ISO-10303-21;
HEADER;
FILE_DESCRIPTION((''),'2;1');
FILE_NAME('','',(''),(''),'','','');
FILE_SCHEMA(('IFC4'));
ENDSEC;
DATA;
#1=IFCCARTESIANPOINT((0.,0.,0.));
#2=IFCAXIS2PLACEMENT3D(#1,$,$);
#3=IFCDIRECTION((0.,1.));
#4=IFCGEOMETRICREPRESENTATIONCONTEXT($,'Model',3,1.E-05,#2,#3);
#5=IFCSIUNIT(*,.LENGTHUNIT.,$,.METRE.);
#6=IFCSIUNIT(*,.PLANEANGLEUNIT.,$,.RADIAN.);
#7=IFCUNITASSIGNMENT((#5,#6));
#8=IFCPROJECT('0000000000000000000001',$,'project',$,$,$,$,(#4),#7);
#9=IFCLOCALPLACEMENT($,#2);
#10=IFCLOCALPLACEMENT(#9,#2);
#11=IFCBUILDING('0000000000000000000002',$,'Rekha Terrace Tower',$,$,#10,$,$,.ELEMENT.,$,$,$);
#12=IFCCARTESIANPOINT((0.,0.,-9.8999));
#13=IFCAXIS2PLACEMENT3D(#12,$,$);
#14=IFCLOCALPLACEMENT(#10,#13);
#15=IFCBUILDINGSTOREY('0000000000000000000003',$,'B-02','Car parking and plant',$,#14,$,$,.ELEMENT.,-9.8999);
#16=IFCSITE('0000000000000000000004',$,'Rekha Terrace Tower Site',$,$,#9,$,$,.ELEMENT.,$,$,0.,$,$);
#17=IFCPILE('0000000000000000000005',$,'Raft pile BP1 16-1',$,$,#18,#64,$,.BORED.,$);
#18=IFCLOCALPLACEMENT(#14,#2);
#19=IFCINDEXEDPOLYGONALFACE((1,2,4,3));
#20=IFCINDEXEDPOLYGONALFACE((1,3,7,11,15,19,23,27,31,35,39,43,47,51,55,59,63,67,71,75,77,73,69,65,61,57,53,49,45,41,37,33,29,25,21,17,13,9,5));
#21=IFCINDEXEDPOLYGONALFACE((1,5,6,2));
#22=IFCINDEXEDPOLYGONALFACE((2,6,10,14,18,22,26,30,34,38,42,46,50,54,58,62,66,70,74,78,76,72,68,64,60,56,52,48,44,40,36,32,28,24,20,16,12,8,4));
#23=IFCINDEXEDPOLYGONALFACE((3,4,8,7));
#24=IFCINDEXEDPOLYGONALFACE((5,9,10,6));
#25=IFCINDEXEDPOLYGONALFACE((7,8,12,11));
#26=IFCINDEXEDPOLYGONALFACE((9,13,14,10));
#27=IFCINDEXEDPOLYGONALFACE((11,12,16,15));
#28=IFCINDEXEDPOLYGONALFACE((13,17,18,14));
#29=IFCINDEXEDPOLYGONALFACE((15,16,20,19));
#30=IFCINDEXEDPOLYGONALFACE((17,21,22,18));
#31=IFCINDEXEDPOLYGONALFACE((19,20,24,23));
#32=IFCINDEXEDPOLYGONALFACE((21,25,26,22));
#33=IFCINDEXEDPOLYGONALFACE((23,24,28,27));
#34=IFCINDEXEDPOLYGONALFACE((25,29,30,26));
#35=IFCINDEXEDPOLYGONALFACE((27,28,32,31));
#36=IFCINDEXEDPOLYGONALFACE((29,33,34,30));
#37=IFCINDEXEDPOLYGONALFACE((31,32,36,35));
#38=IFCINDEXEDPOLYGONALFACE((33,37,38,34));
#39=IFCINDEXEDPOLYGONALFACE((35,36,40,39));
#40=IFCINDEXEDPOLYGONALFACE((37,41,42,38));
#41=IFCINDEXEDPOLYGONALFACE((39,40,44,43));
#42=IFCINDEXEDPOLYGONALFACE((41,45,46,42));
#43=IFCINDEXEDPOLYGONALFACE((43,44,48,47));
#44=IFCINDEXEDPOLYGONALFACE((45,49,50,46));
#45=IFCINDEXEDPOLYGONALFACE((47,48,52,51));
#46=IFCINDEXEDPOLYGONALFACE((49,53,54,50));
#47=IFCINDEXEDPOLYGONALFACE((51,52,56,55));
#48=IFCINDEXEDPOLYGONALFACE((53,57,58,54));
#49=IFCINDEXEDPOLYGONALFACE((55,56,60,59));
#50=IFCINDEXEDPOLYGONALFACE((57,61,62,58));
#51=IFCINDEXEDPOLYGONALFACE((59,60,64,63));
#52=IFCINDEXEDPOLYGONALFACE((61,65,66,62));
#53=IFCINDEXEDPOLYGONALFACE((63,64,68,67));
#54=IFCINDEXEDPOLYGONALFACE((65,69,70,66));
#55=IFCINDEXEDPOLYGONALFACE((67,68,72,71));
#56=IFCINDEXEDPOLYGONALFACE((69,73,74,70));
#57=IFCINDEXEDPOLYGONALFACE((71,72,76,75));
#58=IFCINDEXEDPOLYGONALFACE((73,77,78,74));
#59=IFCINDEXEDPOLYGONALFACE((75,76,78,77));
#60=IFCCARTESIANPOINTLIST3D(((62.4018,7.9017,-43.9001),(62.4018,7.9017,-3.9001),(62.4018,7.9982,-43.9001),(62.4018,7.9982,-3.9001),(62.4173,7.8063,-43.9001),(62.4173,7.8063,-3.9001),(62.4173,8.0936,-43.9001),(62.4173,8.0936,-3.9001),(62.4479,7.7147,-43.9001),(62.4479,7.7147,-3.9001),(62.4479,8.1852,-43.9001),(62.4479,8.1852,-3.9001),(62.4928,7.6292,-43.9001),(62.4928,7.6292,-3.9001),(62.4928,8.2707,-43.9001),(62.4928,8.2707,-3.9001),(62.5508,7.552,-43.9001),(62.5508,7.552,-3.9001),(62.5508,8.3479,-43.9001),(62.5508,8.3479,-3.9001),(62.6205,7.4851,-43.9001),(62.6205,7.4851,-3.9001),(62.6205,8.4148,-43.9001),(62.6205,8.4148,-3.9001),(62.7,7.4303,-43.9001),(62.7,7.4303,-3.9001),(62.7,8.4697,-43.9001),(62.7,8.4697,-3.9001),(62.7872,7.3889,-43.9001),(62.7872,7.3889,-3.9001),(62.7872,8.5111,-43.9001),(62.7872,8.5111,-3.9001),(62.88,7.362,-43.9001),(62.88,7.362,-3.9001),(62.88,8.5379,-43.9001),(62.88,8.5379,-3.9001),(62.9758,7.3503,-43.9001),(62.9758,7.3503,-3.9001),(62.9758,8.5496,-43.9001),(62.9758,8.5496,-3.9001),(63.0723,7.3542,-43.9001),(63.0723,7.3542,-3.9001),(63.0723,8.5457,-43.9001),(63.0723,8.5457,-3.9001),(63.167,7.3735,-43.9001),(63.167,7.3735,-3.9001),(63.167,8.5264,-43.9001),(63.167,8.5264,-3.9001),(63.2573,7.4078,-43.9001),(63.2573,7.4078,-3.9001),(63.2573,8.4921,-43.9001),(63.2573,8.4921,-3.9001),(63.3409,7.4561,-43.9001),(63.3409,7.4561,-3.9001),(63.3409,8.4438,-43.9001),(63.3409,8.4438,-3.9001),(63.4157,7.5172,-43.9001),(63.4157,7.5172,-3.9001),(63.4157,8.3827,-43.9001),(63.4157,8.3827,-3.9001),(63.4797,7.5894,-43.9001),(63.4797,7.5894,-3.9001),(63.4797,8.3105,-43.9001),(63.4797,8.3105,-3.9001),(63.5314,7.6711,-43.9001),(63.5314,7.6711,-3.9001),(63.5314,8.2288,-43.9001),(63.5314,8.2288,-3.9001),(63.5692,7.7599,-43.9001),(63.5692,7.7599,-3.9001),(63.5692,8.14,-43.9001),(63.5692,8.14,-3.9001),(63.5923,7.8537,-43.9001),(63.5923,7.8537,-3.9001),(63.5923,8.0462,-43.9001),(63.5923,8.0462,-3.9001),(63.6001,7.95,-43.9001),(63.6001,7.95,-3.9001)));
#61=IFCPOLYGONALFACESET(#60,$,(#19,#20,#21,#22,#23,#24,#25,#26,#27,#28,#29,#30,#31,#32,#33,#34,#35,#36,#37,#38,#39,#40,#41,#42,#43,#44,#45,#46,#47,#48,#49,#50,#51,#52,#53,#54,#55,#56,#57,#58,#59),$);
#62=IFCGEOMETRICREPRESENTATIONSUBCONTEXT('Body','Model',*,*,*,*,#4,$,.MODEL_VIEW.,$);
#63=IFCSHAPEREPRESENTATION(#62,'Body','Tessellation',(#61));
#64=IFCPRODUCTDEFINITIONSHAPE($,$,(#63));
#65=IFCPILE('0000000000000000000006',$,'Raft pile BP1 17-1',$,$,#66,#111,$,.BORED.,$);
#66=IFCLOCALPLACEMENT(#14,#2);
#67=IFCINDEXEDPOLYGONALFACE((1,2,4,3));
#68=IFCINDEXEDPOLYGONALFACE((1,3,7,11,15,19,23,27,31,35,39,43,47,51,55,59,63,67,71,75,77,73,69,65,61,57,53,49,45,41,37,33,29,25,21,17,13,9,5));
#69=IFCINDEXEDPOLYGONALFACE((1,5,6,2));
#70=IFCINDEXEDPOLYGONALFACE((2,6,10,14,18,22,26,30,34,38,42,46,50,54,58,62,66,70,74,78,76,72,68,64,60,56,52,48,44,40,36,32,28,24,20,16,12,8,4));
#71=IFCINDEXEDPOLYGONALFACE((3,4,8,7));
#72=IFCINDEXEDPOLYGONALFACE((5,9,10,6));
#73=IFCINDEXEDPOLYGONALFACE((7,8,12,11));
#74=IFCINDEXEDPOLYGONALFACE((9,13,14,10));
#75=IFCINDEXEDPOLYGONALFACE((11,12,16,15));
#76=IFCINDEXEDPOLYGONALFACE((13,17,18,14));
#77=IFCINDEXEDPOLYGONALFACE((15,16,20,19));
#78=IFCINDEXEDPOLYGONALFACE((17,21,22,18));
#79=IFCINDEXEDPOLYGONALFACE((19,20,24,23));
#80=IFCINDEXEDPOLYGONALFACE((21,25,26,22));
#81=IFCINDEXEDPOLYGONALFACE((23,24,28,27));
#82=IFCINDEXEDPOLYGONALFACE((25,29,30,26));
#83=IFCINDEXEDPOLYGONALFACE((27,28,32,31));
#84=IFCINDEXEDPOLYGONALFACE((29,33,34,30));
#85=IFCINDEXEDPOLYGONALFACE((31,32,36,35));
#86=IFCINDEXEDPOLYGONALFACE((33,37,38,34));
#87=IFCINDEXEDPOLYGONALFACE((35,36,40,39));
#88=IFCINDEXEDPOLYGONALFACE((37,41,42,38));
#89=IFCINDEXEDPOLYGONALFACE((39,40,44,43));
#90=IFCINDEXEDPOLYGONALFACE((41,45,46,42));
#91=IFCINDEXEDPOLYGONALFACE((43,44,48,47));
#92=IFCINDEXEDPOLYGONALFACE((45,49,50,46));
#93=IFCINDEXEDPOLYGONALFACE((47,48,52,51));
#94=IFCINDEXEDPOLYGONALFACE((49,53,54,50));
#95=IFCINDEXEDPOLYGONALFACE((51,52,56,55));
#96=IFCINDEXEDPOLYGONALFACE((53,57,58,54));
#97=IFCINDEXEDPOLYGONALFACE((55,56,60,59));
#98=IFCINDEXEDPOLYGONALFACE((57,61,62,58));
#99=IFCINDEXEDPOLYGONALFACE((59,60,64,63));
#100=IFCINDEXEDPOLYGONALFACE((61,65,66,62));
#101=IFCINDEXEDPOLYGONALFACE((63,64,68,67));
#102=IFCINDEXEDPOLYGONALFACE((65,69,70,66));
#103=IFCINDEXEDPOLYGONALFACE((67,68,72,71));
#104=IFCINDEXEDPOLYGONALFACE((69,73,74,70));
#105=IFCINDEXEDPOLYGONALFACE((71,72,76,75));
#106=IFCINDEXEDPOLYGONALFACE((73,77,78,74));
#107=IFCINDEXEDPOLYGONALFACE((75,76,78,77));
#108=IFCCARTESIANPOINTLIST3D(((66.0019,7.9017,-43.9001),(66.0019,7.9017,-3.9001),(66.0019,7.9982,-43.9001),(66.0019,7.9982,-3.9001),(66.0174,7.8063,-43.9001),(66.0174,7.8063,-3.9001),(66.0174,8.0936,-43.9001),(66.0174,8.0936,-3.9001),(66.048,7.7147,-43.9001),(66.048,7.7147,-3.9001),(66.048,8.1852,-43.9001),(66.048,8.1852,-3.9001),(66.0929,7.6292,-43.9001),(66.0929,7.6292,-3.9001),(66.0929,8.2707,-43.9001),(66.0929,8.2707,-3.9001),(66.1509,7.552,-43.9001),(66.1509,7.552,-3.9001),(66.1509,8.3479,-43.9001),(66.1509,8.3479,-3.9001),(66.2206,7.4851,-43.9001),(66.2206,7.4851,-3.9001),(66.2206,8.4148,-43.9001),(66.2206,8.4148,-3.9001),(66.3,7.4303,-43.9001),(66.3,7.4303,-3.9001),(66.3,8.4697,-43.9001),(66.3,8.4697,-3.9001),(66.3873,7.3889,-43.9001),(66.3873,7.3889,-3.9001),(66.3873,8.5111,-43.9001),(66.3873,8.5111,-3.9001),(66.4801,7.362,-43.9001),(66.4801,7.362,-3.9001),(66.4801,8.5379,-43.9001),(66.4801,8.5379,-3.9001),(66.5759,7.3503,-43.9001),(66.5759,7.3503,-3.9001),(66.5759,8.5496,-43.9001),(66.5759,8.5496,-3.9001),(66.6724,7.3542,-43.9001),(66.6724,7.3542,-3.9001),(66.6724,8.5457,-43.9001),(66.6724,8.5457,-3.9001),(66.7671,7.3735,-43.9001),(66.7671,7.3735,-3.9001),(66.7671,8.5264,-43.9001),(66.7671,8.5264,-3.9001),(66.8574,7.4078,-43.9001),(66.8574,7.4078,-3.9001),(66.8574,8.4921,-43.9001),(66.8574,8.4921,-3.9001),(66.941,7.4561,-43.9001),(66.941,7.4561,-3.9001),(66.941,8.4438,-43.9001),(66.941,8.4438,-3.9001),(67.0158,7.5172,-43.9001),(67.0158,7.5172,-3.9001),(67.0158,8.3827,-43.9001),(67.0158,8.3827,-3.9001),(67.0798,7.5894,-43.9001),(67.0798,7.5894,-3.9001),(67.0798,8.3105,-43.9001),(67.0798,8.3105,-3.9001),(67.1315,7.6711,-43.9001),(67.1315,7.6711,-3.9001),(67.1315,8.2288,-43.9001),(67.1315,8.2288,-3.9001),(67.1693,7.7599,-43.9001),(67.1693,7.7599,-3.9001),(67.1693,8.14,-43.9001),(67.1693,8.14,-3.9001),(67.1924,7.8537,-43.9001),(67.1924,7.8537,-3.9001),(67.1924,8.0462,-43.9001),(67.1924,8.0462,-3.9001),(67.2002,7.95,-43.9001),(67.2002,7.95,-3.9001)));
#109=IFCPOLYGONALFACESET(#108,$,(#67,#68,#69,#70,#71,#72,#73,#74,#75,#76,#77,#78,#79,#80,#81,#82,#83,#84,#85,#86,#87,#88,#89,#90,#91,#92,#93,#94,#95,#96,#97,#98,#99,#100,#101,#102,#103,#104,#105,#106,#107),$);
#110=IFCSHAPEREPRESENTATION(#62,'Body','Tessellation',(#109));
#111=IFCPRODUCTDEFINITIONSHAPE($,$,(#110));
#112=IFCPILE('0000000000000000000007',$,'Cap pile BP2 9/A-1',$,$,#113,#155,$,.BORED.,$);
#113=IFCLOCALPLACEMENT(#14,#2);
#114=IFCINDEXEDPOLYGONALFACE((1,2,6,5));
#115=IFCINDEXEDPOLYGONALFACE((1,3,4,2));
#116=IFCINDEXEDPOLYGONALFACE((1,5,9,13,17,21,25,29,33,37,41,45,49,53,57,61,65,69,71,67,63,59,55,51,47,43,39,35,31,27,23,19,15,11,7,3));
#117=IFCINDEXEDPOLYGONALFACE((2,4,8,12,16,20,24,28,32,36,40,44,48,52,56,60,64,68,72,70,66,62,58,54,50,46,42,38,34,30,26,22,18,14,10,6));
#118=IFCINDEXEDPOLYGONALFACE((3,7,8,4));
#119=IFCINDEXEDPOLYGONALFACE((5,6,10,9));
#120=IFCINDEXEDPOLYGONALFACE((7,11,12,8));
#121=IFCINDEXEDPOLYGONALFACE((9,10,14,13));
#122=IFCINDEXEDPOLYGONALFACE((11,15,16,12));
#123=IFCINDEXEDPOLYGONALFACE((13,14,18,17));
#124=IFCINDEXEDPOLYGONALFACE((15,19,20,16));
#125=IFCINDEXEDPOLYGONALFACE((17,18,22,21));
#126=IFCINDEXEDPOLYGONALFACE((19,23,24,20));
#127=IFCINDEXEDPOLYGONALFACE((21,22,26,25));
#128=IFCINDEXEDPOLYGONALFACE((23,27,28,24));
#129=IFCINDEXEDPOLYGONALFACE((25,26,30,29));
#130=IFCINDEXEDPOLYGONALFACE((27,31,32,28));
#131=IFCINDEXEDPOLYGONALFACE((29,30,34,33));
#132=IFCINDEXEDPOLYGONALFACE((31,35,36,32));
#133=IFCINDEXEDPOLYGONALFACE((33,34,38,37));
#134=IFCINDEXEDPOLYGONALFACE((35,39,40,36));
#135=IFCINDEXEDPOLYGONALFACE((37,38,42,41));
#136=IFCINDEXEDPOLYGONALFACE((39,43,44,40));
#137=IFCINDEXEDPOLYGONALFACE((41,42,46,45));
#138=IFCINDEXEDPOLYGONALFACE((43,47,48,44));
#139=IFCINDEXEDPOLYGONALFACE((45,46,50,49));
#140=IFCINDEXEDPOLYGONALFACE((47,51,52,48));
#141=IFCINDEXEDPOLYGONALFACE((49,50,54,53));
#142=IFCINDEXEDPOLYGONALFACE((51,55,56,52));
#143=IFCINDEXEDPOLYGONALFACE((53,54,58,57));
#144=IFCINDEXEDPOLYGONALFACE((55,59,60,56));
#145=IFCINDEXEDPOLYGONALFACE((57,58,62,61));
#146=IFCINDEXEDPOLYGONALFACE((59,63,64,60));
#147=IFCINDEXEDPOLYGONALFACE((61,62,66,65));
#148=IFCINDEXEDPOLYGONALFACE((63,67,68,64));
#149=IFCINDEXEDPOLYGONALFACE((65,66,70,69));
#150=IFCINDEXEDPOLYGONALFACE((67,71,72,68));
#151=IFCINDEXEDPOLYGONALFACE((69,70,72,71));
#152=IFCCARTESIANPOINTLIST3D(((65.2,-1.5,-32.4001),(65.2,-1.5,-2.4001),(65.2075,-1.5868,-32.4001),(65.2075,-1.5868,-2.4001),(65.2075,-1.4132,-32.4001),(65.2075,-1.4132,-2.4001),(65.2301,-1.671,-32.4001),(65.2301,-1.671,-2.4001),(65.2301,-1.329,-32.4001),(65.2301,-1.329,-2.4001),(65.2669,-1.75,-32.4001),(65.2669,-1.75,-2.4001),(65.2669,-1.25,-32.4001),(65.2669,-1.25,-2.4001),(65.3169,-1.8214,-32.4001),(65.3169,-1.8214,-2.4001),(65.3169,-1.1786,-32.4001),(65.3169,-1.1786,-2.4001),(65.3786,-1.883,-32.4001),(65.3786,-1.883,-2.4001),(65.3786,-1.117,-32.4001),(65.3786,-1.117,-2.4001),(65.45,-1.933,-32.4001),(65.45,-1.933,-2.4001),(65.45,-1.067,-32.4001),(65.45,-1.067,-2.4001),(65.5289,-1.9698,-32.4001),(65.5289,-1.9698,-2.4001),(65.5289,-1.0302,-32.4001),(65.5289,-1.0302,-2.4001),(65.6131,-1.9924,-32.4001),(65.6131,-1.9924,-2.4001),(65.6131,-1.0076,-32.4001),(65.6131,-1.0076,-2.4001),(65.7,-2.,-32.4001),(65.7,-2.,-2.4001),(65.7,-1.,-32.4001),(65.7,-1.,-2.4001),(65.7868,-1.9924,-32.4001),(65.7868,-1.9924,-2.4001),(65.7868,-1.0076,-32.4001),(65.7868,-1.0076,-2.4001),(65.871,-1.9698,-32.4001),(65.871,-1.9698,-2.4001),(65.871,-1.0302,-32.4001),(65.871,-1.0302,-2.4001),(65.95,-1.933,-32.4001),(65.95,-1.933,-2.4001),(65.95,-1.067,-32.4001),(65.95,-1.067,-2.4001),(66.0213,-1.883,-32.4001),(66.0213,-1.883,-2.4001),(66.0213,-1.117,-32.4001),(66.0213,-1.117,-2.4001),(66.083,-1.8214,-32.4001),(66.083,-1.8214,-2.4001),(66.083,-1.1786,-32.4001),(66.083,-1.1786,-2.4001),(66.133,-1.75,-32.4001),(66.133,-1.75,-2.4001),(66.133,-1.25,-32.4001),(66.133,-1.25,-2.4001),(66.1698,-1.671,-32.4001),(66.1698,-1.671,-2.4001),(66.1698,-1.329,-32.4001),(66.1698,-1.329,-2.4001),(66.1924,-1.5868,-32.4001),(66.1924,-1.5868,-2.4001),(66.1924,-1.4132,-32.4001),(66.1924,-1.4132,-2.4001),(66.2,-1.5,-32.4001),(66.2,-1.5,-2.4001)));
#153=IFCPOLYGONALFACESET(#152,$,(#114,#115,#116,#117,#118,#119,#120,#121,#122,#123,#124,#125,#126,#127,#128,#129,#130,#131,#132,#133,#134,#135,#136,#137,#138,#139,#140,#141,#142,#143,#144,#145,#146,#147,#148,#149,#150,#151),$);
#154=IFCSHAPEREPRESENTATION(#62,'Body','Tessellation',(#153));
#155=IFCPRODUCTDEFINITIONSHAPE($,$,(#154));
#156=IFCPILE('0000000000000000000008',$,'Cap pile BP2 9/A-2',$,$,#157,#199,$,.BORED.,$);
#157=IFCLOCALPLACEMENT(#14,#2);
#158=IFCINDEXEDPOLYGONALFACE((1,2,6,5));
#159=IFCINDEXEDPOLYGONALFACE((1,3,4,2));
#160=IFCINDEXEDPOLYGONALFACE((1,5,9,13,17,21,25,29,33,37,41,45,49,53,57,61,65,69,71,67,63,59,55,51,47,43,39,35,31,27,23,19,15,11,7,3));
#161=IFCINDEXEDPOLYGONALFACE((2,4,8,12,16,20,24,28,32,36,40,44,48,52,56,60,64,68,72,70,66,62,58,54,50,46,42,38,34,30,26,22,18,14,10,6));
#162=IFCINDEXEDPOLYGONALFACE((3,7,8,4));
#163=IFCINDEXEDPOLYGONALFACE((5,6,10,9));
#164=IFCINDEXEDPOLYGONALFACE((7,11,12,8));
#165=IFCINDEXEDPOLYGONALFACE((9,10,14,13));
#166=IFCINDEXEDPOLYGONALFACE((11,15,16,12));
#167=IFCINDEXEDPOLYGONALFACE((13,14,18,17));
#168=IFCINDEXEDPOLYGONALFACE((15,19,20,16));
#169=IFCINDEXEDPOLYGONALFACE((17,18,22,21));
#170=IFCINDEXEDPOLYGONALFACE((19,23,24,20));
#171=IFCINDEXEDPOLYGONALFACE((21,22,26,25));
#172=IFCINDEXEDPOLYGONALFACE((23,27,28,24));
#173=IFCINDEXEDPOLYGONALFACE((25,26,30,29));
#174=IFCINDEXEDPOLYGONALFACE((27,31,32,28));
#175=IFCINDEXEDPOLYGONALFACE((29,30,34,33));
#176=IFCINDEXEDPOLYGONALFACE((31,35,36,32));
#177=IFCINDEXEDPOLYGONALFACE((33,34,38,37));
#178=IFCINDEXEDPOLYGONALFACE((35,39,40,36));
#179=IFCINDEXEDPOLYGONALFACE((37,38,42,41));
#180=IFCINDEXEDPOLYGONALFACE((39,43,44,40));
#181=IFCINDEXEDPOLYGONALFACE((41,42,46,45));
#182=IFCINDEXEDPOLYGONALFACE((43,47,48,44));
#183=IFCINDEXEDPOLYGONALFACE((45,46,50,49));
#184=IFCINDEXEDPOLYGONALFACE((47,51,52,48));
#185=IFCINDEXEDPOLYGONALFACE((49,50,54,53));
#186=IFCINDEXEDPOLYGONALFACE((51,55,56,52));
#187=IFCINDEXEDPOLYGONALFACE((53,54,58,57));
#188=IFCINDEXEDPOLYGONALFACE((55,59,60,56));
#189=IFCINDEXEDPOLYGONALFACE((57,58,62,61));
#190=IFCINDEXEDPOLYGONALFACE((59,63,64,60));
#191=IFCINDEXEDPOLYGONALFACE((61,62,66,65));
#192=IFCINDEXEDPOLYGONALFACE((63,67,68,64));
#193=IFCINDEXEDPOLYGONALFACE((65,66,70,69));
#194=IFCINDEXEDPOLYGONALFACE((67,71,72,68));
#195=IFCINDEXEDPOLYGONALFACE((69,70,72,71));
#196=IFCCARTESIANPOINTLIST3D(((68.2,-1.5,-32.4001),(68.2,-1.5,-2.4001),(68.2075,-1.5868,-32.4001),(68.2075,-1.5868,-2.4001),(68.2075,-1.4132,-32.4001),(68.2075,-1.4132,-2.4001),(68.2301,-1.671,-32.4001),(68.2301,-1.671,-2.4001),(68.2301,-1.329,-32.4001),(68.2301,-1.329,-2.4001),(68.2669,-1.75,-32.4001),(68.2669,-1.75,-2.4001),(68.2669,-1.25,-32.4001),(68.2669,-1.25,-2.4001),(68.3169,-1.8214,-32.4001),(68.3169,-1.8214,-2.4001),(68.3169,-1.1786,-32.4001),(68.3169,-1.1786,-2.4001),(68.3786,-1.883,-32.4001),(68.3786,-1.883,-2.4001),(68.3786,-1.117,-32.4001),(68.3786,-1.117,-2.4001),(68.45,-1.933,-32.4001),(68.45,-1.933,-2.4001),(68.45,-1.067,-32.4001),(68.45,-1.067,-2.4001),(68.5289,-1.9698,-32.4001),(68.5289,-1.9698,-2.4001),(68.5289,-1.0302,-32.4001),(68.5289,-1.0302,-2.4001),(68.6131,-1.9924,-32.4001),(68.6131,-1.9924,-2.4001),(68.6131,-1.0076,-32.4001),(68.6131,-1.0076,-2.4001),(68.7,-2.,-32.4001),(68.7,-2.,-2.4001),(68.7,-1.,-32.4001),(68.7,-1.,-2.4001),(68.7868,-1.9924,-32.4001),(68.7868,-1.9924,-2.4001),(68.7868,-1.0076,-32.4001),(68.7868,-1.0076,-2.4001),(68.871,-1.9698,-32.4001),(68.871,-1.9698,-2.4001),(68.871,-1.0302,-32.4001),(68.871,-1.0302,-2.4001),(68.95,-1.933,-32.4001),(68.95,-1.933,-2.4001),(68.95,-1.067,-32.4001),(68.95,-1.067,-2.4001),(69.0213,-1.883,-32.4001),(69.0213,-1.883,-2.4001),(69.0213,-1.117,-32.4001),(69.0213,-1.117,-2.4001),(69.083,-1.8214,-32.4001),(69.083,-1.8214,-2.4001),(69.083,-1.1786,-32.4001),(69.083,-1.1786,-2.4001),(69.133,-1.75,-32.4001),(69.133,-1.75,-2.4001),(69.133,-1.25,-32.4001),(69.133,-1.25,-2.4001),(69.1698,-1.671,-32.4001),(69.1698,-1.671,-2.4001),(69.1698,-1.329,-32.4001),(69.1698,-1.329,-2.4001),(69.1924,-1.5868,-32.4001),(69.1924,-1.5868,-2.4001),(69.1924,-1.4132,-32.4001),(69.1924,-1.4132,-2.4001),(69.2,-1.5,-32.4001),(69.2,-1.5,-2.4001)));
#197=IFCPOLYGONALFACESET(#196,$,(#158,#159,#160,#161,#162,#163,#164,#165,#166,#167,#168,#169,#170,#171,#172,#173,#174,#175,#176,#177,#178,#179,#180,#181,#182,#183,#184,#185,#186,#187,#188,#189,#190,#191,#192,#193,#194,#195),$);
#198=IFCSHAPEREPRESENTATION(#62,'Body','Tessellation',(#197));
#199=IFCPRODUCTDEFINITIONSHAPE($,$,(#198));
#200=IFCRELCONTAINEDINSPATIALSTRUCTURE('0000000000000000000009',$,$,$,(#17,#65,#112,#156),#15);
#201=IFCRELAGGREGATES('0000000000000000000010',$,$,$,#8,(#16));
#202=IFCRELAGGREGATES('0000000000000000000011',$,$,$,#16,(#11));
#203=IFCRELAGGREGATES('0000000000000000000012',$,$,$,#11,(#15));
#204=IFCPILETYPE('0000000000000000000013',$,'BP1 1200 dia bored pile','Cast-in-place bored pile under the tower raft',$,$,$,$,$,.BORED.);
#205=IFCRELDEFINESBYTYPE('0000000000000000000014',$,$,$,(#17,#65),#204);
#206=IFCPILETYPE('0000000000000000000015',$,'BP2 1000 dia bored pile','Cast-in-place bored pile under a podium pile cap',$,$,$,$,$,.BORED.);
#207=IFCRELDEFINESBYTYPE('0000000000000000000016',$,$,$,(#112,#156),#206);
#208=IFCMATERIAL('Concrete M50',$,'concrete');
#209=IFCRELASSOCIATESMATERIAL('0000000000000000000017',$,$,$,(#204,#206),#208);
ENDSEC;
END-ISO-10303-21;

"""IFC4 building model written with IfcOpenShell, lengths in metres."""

from ifc_helpers import new_model, si_unit, direction, frame, origin, origin_2d, place, context, subcontext, project, spatial, circle, extrude, material, type_object, element, save


model = new_model("IFC4")

# Units and contexts
model_context = context("Model", 3, precision=1e-05, world=origin(), true_north=direction((0.0, 1.0)))
body_context = subcontext(model_context, "Body", "Model", "MODEL_VIEW")
ifc_project = project(units=[si_unit("LENGTHUNIT", "METRE"), si_unit("PLANEANGLEUNIT", "RADIAN")], contexts=[model_context])

# Site, building, storey
site_placement = place(None, origin())
site = spatial("IfcSite", under=ifc_project, at=site_placement, Name="Rekha Terrace Tower Site", CompositionType="ELEMENT", RefElevation=0.0)
building_placement = place(site_placement, origin())
building = spatial("IfcBuilding", under=site, at=building_placement, Name="Rekha Terrace Tower", CompositionType="ELEMENT")
storey_placement = place(building_placement, frame((0.0, 0.0, -9.8999)))
storey = spatial("IfcBuildingStorey", under=building, at=storey_placement, Name="B-02", Description="Car parking and plant", CompositionType="ELEMENT", Elevation=-9.8999)

# Piles
ifc_material_1 = material(Name="Concrete M50", Category="concrete")
pile_type_1 = type_object("IfcPileType", Name="BP1 1200 dia bored pile", Description="Cast-in-place bored pile under the tower raft", PredefinedType="BORED", material=ifc_material_1)
for number, where, z_axis, x_axis, name in (
    (1, (63.0, 7.95, -3.9001), (0.0, 0.0, -1.0), (1.0, 0.0, 0.0), "Raft pile BP1 16-1"),
    (2, (66.6001, 7.95, -3.9001), (0.0, 0.0, -1.0), (1.0, 0.0, 0.0), "Raft pile BP1 17-1"),
):
    element("IfcPile", number, at=place(storey_placement, frame(where, z_axis=z_axis, x_axis=x_axis)), inside=storey, type_object=pile_type_1, Name=name, PredefinedType="BORED", context=body_context, shape_type="SweptSolid", body=[
        extrude(circle(Radius=0.6001, at=origin_2d()), origin(), (0.0, 0.0, 1.0), 40.0),
    ])
pile_type_2 = type_object("IfcPileType", Name="BP2 1000 dia bored pile", Description="Cast-in-place bored pile under a podium pile cap", PredefinedType="BORED", material=ifc_material_1)
for number, where, z_axis, x_axis, name in (
    (3, (65.7, -1.5, -2.4001), (0.0, 0.0, -1.0), (1.0, 0.0, 0.0), "Cap pile BP2 9/A-1"),
    (4, (68.7, -1.5, -2.4001), (0.0, 0.0, -1.0), (1.0, 0.0, 0.0), "Cap pile BP2 9/A-2"),
):
    element("IfcPile", number, at=place(storey_placement, frame(where, z_axis=z_axis, x_axis=x_axis)), inside=storey, type_object=pile_type_2, Name=name, PredefinedType="BORED", context=body_context, shape_type="SweptSolid", body=[
        extrude(circle(Radius=0.5, at=origin_2d()), origin(), (0.0, 0.0, 1.0), 30.0),
    ])

save(model, "model.ifc")
